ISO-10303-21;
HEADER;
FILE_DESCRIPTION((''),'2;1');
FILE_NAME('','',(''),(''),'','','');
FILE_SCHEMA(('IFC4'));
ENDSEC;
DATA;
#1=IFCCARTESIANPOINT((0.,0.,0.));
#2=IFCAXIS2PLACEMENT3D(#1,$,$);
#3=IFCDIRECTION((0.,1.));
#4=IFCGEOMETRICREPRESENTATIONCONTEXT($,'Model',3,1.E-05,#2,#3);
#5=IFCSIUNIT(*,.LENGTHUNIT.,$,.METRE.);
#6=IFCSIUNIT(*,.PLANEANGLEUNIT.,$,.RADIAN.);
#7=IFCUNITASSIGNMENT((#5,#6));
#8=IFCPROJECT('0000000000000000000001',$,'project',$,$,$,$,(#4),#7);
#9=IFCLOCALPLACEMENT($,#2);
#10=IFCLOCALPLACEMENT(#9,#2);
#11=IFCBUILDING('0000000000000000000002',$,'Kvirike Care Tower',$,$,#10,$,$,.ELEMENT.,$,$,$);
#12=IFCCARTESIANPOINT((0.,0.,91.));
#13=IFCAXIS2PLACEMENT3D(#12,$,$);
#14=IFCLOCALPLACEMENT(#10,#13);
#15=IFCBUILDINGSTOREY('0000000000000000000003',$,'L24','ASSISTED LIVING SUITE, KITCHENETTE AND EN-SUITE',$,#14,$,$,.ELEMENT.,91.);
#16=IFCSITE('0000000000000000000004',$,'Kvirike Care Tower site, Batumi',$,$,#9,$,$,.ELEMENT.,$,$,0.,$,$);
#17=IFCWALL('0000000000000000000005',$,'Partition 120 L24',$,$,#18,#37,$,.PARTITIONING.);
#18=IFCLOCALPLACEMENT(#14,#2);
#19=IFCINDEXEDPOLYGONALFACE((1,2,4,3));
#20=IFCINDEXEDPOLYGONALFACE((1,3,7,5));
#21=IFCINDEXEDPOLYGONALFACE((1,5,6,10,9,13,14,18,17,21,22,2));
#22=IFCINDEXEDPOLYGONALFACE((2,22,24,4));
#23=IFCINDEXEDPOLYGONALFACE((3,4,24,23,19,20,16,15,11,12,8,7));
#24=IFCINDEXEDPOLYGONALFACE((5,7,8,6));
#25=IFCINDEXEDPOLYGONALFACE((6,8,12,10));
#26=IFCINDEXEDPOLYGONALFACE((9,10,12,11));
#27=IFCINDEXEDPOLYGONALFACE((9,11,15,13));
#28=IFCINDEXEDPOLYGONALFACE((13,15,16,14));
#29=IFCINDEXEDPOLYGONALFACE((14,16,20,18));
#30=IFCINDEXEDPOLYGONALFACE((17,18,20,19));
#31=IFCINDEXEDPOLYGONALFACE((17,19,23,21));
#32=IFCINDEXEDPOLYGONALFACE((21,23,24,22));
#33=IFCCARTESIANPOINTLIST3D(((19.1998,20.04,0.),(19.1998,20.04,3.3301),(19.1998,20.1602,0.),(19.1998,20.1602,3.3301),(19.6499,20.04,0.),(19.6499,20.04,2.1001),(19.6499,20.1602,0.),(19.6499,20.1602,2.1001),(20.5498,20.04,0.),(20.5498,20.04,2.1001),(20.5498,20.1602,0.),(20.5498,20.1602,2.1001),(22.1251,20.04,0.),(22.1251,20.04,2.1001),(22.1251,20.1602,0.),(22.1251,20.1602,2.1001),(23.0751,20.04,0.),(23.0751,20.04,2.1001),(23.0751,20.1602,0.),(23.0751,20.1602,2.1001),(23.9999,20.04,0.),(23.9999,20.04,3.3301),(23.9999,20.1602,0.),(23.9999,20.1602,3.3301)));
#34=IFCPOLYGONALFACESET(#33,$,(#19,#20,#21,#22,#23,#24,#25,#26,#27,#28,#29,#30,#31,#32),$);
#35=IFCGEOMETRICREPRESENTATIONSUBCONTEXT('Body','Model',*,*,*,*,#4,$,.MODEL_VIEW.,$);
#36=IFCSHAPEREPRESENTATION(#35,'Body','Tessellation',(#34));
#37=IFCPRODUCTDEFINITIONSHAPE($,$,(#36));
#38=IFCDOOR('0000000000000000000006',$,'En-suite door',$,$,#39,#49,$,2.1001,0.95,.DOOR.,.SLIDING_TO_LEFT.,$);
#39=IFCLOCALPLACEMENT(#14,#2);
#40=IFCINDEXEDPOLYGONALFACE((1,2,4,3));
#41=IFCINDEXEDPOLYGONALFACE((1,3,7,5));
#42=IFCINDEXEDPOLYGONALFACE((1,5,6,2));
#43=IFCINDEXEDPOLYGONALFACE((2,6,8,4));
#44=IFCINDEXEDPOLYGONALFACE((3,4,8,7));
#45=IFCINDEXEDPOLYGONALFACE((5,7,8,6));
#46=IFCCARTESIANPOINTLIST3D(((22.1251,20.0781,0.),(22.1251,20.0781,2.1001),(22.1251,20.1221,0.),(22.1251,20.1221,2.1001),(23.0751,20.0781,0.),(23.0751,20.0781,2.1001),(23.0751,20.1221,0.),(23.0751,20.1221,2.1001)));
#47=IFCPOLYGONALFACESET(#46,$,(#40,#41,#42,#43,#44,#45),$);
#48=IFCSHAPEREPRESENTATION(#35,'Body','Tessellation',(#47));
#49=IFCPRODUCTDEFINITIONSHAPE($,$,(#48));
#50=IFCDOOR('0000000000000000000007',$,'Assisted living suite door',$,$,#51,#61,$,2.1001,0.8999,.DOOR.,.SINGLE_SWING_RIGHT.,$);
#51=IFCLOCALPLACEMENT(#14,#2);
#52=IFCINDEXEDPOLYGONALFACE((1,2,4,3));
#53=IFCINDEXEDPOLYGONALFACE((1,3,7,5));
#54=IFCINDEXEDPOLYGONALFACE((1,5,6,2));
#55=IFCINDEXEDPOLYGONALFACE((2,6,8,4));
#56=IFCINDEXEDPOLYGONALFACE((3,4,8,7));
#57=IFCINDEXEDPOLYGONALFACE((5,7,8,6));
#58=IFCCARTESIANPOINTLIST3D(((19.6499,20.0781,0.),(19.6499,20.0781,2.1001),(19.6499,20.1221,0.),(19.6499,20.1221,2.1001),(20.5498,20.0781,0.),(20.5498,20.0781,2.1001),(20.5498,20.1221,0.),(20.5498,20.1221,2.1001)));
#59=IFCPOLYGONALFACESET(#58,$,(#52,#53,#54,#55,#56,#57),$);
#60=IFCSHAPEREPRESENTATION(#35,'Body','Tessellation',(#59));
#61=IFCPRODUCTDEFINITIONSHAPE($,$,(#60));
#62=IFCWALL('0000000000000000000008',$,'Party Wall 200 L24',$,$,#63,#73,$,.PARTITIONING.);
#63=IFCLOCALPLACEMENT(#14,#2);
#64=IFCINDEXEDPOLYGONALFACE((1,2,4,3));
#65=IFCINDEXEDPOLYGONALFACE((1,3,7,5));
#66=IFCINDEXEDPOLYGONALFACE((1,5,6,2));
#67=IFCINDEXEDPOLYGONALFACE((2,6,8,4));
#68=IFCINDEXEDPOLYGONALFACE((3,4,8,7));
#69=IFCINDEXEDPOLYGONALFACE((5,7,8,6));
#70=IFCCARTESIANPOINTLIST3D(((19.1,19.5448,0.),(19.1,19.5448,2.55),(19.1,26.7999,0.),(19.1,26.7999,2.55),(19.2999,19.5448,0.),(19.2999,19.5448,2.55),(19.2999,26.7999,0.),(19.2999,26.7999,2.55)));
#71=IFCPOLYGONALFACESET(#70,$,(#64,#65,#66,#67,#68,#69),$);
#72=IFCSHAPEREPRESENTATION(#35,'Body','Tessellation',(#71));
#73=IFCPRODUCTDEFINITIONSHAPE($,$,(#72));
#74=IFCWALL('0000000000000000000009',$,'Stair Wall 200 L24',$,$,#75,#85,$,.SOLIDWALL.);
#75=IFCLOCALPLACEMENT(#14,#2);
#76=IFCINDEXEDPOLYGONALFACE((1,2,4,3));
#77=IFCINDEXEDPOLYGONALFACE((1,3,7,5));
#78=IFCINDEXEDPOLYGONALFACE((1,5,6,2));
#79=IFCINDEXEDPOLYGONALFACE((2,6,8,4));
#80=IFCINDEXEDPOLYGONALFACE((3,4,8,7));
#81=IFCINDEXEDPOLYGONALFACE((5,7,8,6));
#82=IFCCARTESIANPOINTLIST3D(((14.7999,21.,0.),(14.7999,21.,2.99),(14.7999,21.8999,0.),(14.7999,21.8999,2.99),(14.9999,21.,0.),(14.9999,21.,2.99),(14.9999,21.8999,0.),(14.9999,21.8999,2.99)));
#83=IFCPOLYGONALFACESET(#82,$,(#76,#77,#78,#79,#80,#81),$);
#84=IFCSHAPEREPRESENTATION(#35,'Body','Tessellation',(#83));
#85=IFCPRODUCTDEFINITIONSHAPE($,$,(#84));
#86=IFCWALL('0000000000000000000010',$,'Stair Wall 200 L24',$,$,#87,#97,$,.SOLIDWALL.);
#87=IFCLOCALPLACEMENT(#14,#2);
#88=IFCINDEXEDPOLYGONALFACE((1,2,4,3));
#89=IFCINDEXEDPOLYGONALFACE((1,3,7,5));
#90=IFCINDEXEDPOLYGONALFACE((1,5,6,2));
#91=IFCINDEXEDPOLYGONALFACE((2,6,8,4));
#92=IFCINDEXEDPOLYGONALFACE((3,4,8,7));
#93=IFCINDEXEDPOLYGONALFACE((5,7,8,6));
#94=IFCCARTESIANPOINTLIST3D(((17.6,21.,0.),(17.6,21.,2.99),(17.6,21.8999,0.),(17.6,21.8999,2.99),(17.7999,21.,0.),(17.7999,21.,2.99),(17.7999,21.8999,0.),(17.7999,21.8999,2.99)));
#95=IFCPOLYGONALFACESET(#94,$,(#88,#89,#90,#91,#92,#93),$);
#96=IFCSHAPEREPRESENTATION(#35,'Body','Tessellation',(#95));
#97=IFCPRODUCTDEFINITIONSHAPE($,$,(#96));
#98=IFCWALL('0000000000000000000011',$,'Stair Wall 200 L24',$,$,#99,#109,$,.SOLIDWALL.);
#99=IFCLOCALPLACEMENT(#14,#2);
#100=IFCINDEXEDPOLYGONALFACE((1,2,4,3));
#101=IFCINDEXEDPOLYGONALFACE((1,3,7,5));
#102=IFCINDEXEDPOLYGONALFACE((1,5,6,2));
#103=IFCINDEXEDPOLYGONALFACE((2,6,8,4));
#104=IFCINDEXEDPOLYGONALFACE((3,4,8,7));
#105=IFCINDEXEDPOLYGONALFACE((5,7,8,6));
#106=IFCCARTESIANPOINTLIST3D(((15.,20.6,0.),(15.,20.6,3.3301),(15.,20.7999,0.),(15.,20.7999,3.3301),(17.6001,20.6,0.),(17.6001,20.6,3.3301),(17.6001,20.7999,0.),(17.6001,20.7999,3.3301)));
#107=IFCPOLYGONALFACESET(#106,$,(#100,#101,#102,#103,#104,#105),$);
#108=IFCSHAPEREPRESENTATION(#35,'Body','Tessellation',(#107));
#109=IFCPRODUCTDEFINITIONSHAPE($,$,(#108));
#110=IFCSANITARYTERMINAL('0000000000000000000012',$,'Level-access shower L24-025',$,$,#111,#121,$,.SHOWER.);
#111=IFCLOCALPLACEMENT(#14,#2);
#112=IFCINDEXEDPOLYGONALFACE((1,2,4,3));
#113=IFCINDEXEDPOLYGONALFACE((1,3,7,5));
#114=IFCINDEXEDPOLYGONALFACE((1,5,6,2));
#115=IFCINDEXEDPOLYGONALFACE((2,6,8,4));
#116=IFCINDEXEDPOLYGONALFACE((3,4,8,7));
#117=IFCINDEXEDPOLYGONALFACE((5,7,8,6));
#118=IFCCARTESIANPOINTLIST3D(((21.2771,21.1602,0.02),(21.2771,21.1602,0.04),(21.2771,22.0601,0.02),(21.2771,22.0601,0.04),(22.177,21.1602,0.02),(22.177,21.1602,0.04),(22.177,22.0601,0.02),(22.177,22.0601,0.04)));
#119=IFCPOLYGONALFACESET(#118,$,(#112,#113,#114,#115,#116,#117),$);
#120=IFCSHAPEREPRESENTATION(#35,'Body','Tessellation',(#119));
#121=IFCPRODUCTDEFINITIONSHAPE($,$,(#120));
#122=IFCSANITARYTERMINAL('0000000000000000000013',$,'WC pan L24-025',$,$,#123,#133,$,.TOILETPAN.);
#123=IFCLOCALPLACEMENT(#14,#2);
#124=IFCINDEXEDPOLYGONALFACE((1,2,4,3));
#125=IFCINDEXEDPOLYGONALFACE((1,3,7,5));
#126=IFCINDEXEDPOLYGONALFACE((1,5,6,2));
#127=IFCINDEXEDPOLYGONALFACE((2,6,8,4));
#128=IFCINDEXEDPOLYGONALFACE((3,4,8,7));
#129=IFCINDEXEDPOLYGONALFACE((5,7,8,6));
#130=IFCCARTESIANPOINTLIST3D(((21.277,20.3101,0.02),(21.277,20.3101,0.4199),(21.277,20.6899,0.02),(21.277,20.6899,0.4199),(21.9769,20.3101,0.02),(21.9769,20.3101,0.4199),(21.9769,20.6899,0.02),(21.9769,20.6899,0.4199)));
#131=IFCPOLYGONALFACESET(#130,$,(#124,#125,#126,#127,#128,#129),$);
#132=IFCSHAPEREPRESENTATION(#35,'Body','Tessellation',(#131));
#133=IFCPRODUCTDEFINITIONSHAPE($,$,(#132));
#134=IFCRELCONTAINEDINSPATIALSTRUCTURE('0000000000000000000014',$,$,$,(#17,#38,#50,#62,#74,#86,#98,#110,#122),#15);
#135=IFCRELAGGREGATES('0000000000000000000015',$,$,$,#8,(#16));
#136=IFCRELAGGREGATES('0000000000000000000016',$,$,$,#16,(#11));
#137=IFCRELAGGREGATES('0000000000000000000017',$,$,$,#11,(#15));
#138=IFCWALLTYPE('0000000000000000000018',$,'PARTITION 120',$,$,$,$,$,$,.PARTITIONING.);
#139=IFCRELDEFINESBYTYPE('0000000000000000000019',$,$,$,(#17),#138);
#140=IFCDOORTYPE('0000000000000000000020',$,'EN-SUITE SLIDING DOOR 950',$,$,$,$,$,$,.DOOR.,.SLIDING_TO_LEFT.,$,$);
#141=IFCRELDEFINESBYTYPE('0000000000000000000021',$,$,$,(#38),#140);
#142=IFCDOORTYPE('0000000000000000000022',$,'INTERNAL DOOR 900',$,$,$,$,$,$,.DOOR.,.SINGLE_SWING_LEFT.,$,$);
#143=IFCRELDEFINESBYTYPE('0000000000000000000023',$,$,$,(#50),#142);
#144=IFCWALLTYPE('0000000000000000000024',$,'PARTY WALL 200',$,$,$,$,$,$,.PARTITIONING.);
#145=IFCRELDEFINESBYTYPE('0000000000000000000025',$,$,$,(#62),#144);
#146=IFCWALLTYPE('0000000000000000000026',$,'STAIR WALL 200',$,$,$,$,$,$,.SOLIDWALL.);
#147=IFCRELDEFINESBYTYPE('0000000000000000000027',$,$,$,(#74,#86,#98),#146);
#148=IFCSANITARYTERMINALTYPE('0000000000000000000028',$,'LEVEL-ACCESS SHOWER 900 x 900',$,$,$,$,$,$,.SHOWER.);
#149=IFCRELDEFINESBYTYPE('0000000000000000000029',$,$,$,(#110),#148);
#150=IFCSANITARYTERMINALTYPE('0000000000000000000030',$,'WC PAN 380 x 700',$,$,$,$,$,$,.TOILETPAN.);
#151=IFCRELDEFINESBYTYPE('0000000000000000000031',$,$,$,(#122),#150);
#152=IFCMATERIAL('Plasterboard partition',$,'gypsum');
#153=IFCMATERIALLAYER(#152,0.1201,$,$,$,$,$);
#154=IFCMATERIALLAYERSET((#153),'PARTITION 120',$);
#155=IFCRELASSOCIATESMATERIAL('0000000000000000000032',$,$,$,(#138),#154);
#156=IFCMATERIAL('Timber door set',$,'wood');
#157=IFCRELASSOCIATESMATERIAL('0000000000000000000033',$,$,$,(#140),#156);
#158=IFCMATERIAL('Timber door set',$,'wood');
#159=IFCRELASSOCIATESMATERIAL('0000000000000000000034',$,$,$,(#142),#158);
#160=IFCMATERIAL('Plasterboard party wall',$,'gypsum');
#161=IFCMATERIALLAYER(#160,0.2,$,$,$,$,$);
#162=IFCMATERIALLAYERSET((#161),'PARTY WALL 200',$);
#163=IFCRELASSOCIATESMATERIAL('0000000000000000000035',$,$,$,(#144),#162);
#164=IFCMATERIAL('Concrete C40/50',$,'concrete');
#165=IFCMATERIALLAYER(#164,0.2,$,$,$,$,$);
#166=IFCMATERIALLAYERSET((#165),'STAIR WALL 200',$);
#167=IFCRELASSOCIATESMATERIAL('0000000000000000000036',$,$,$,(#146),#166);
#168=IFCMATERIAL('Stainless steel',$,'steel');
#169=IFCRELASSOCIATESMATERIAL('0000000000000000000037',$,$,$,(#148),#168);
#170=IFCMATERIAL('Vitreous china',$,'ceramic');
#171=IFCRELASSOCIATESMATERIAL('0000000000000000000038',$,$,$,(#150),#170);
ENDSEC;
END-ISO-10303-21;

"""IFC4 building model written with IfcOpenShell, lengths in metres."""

from ifc_helpers import new_model, si_unit, direction, frame, frame_2d, origin, origin_2d, place, context, subcontext, project, spatial, rectangle, extrude, material, layer, layer_set, type_object, element, fill, save


model = new_model("IFC4")

# Units and contexts
model_context = context("Model", 3, precision=1e-05, world=origin(), true_north=direction((0.0, 1.0)))
body_context = subcontext(model_context, "Body", "Model", "MODEL_VIEW")
ifc_project = project(units=[si_unit("LENGTHUNIT", "METRE"), si_unit("PLANEANGLEUNIT", "RADIAN")], contexts=[model_context])

# Site, building, storey
site_placement = place(None, origin())
site = spatial("IfcSite", under=ifc_project, at=site_placement, Name="Kvirike Care Tower site, Batumi", CompositionType="ELEMENT", RefElevation=0.0)
building_placement = place(site_placement, origin())
building = spatial("IfcBuilding", under=site, at=building_placement, Name="Kvirike Care Tower", CompositionType="ELEMENT")
storey_placement = place(building_placement, frame((0.0, 0.0, 91.0)))
storey = spatial("IfcBuildingStorey", under=building, at=storey_placement, Name="L24", Description="ASSISTED LIVING SUITE, KITCHENETTE AND EN-SUITE", CompositionType="ELEMENT", Elevation=91.0)

# Wall, openings, doors
ifc_material_1 = material(Name="Plasterboard partition", Category="gypsum")
ifc_layer_1 = layer(ifc_material_1, 0.1201)
ifc_layer_set_1 = layer_set([ifc_layer_1], Name="PARTITION 120")
wall_type_1 = type_object("IfcWallType", Name="PARTITION 120", PredefinedType="PARTITIONING", material=ifc_layer_set_1)
wall_1_placement = place(storey_placement, frame((19.2, 20.1001, 0.0), z_axis=(0.0, 0.0, 1.0), x_axis=(1.0, 0.0, 0.0)))
wall_1 = element("IfcWall", 1, at=wall_1_placement, inside=storey, type_object=wall_type_1, Name="Partition 120 L24", PredefinedType="PARTITIONING", context=body_context, shape_type="SweptSolid", body=[
    extrude(rectangle(XDim=4.8, YDim=0.1201, at=frame_2d((2.3999, 0.0))), origin(), (0.0, 0.0, 1.0), 3.3301),
])
opening_1_placement = place(wall_1_placement, frame((0.45, 0.0, 0.0)))
opening_1 = element("IfcOpeningElement", 2, at=opening_1_placement, cuts=wall_1, PredefinedType="OPENING", context=body_context, shape_type="SweptSolid", body=[
    extrude(rectangle(XDim=0.8999, YDim=2.1001, at=frame_2d((0.45, 1.05))), frame((0.0, 0.0706, 0.0), z_axis=(0.0, -1.0, 0.0), x_axis=(1.0, 0.0, 0.0)), (0.0, 0.0, 1.0), 0.1411),
])
opening_2_placement = place(wall_1_placement, frame((2.925, 0.0, 0.0)))
opening_2 = element("IfcOpeningElement", 3, at=opening_2_placement, cuts=wall_1, PredefinedType="OPENING", context=body_context, shape_type="SweptSolid", body=[
    extrude(rectangle(XDim=0.95, YDim=2.1001, at=frame_2d((0.4751, 1.05))), frame((0.0, 0.0706, 0.0), z_axis=(0.0, -1.0, 0.0), x_axis=(1.0, 0.0, 0.0)), (0.0, 0.0, 1.0), 0.1411),
])
ifc_material_2 = material(Name="Timber door set", Category="wood")
door_type_1 = type_object("IfcDoorType", Name="EN-SUITE SLIDING DOOR 950", OperationType="SLIDING_TO_LEFT", PredefinedType="DOOR", material=ifc_material_2)
door_1_placement = place(opening_2_placement, origin())
door_1 = element("IfcDoor", 4, at=door_1_placement, inside=storey, type_object=door_type_1, Name="En-suite door", OperationType="SLIDING_TO_LEFT", OverallHeight=2.1001, OverallWidth=0.95, PredefinedType="DOOR", context=body_context, shape_type="SweptSolid", body=[
    extrude(rectangle(XDim=0.95, YDim=2.1001, at=frame_2d((0.4751, 1.05))), frame((0.0, 0.022, 0.0), z_axis=(0.0, -1.0, 0.0), x_axis=(1.0, 0.0, 0.0)), (0.0, 0.0, 1.0), 0.0439),
])
fill(opening_2, door_1)
ifc_material_3 = material(Name="Timber door set", Category="wood")
door_type_2 = type_object("IfcDoorType", Name="INTERNAL DOOR 900", OperationType="SINGLE_SWING_LEFT", PredefinedType="DOOR", material=ifc_material_3)
door_2_placement = place(opening_1_placement, origin())
door_2 = element("IfcDoor", 5, at=door_2_placement, inside=storey, type_object=door_type_2, Name="Assisted living suite door", OperationType="SINGLE_SWING_RIGHT", OverallHeight=2.1001, OverallWidth=0.8999, PredefinedType="DOOR", context=body_context, shape_type="SweptSolid", body=[
    extrude(rectangle(XDim=0.8999, YDim=2.1001, at=frame_2d((0.45, 1.05))), frame((0.0, 0.022, 0.0), z_axis=(0.0, -1.0, 0.0), x_axis=(1.0, 0.0, 0.0)), (0.0, 0.0, 1.0), 0.0439),
])
fill(opening_1, door_2)

# Walls
ifc_material_4 = material(Name="Plasterboard party wall", Category="gypsum")
ifc_layer_2 = layer(ifc_material_4, 0.2)
ifc_layer_set_2 = layer_set([ifc_layer_2], Name="PARTY WALL 200")
wall_type_2 = type_object("IfcWallType", Name="PARTY WALL 200", PredefinedType="PARTITIONING", material=ifc_layer_set_2)
wall_2_placement = place(storey_placement, frame((19.2, 19.5449, 0.0), z_axis=(0.0, 0.0, 1.0), x_axis=(0.0, 1.0, 0.0)))
element("IfcWall", 6, at=wall_2_placement, inside=storey, type_object=wall_type_2, Name="Party Wall 200 L24", PredefinedType="PARTITIONING", context=body_context, shape_type="SweptSolid", body=[
    extrude(rectangle(XDim=7.2551, YDim=0.2, at=frame_2d((3.6274, 0.0))), origin(), (0.0, 0.0, 1.0), 2.55),
])
ifc_material_5 = material(Name="Concrete C40/50", Category="concrete")
ifc_layer_3 = layer(ifc_material_5, 0.2)
ifc_layer_set_3 = layer_set([ifc_layer_3], Name="STAIR WALL 200")
wall_type_3 = type_object("IfcWallType", Name="STAIR WALL 200", PredefinedType="SOLIDWALL", material=ifc_layer_set_3)
for number, where, z_axis, x_axis, name in (
    (7, (14.8999, 21.0, 0.0), (0.0, 0.0, 1.0), (0.0, 1.0, 0.0), "Stair Wall 200 L24"),
    (8, (17.7, 21.0, 0.0), (0.0, 0.0, 1.0), (0.0, 1.0, 0.0), "Stair Wall 200 L24"),
):
    element("IfcWall", number, at=place(storey_placement, frame(where, z_axis=z_axis, x_axis=x_axis)), inside=storey, type_object=wall_type_3, Name=name, PredefinedType="SOLIDWALL", context=body_context, shape_type="SweptSolid", body=[
        extrude(rectangle(XDim=0.8999, YDim=0.2, at=frame_2d((0.45, 0.0))), origin(), (0.0, 0.0, 1.0), 2.99),
    ])
wall_3_placement = place(storey_placement, frame((15.0, 20.7, 0.0), z_axis=(0.0, 0.0, 1.0), x_axis=(1.0, 0.0, 0.0)))
element("IfcWall", 9, at=wall_3_placement, inside=storey, type_object=wall_type_3, Name="Stair Wall 200 L24", PredefinedType="SOLIDWALL", context=body_context, shape_type="SweptSolid", body=[
    extrude(rectangle(XDim=2.6001, YDim=0.2, at=frame_2d((1.3, 0.0))), origin(), (0.0, 0.0, 1.0), 3.3301),
])

# Sanitary terminals
ifc_material_6 = material(Name="Stainless steel", Category="steel")
sanitary_terminal_type_1 = type_object("IfcSanitaryTerminalType", Name="LEVEL-ACCESS SHOWER 900 x 900", PredefinedType="SHOWER", material=ifc_material_6)
sanitary_terminal_1_placement = place(storey_placement, frame((21.7271, 21.6101, 0.02), z_axis=(0.0, 0.0, 1.0), x_axis=(0.0, 1.0, 0.0)))
element("IfcSanitaryTerminal", 10, at=sanitary_terminal_1_placement, inside=storey, type_object=sanitary_terminal_type_1, Name="Level-access shower L24-025", PredefinedType="SHOWER", context=body_context, shape_type="SweptSolid", body=[
    extrude(rectangle(XDim=0.8999, YDim=0.8999, at=origin_2d()), origin(), (0.0, 0.0, 1.0), 0.02),
])
ifc_material_7 = material(Name="Vitreous china", Category="ceramic")
sanitary_terminal_type_2 = type_object("IfcSanitaryTerminalType", Name="WC PAN 380 x 700", PredefinedType="TOILETPAN", material=ifc_material_7)
sanitary_terminal_2_placement = place(storey_placement, frame((21.627, 20.5, 0.02), z_axis=(0.0, 0.0, 1.0), x_axis=(0.0, 1.0, 0.0)))
element("IfcSanitaryTerminal", 11, at=sanitary_terminal_2_placement, inside=storey, type_object=sanitary_terminal_type_2, Name="WC pan L24-025", PredefinedType="TOILETPAN", context=body_context, shape_type="SweptSolid", body=[
    extrude(rectangle(XDim=0.3799, YDim=0.7, at=origin_2d()), origin(), (0.0, 0.0, 1.0), 0.3999),
])

save(model, "model.ifc")
